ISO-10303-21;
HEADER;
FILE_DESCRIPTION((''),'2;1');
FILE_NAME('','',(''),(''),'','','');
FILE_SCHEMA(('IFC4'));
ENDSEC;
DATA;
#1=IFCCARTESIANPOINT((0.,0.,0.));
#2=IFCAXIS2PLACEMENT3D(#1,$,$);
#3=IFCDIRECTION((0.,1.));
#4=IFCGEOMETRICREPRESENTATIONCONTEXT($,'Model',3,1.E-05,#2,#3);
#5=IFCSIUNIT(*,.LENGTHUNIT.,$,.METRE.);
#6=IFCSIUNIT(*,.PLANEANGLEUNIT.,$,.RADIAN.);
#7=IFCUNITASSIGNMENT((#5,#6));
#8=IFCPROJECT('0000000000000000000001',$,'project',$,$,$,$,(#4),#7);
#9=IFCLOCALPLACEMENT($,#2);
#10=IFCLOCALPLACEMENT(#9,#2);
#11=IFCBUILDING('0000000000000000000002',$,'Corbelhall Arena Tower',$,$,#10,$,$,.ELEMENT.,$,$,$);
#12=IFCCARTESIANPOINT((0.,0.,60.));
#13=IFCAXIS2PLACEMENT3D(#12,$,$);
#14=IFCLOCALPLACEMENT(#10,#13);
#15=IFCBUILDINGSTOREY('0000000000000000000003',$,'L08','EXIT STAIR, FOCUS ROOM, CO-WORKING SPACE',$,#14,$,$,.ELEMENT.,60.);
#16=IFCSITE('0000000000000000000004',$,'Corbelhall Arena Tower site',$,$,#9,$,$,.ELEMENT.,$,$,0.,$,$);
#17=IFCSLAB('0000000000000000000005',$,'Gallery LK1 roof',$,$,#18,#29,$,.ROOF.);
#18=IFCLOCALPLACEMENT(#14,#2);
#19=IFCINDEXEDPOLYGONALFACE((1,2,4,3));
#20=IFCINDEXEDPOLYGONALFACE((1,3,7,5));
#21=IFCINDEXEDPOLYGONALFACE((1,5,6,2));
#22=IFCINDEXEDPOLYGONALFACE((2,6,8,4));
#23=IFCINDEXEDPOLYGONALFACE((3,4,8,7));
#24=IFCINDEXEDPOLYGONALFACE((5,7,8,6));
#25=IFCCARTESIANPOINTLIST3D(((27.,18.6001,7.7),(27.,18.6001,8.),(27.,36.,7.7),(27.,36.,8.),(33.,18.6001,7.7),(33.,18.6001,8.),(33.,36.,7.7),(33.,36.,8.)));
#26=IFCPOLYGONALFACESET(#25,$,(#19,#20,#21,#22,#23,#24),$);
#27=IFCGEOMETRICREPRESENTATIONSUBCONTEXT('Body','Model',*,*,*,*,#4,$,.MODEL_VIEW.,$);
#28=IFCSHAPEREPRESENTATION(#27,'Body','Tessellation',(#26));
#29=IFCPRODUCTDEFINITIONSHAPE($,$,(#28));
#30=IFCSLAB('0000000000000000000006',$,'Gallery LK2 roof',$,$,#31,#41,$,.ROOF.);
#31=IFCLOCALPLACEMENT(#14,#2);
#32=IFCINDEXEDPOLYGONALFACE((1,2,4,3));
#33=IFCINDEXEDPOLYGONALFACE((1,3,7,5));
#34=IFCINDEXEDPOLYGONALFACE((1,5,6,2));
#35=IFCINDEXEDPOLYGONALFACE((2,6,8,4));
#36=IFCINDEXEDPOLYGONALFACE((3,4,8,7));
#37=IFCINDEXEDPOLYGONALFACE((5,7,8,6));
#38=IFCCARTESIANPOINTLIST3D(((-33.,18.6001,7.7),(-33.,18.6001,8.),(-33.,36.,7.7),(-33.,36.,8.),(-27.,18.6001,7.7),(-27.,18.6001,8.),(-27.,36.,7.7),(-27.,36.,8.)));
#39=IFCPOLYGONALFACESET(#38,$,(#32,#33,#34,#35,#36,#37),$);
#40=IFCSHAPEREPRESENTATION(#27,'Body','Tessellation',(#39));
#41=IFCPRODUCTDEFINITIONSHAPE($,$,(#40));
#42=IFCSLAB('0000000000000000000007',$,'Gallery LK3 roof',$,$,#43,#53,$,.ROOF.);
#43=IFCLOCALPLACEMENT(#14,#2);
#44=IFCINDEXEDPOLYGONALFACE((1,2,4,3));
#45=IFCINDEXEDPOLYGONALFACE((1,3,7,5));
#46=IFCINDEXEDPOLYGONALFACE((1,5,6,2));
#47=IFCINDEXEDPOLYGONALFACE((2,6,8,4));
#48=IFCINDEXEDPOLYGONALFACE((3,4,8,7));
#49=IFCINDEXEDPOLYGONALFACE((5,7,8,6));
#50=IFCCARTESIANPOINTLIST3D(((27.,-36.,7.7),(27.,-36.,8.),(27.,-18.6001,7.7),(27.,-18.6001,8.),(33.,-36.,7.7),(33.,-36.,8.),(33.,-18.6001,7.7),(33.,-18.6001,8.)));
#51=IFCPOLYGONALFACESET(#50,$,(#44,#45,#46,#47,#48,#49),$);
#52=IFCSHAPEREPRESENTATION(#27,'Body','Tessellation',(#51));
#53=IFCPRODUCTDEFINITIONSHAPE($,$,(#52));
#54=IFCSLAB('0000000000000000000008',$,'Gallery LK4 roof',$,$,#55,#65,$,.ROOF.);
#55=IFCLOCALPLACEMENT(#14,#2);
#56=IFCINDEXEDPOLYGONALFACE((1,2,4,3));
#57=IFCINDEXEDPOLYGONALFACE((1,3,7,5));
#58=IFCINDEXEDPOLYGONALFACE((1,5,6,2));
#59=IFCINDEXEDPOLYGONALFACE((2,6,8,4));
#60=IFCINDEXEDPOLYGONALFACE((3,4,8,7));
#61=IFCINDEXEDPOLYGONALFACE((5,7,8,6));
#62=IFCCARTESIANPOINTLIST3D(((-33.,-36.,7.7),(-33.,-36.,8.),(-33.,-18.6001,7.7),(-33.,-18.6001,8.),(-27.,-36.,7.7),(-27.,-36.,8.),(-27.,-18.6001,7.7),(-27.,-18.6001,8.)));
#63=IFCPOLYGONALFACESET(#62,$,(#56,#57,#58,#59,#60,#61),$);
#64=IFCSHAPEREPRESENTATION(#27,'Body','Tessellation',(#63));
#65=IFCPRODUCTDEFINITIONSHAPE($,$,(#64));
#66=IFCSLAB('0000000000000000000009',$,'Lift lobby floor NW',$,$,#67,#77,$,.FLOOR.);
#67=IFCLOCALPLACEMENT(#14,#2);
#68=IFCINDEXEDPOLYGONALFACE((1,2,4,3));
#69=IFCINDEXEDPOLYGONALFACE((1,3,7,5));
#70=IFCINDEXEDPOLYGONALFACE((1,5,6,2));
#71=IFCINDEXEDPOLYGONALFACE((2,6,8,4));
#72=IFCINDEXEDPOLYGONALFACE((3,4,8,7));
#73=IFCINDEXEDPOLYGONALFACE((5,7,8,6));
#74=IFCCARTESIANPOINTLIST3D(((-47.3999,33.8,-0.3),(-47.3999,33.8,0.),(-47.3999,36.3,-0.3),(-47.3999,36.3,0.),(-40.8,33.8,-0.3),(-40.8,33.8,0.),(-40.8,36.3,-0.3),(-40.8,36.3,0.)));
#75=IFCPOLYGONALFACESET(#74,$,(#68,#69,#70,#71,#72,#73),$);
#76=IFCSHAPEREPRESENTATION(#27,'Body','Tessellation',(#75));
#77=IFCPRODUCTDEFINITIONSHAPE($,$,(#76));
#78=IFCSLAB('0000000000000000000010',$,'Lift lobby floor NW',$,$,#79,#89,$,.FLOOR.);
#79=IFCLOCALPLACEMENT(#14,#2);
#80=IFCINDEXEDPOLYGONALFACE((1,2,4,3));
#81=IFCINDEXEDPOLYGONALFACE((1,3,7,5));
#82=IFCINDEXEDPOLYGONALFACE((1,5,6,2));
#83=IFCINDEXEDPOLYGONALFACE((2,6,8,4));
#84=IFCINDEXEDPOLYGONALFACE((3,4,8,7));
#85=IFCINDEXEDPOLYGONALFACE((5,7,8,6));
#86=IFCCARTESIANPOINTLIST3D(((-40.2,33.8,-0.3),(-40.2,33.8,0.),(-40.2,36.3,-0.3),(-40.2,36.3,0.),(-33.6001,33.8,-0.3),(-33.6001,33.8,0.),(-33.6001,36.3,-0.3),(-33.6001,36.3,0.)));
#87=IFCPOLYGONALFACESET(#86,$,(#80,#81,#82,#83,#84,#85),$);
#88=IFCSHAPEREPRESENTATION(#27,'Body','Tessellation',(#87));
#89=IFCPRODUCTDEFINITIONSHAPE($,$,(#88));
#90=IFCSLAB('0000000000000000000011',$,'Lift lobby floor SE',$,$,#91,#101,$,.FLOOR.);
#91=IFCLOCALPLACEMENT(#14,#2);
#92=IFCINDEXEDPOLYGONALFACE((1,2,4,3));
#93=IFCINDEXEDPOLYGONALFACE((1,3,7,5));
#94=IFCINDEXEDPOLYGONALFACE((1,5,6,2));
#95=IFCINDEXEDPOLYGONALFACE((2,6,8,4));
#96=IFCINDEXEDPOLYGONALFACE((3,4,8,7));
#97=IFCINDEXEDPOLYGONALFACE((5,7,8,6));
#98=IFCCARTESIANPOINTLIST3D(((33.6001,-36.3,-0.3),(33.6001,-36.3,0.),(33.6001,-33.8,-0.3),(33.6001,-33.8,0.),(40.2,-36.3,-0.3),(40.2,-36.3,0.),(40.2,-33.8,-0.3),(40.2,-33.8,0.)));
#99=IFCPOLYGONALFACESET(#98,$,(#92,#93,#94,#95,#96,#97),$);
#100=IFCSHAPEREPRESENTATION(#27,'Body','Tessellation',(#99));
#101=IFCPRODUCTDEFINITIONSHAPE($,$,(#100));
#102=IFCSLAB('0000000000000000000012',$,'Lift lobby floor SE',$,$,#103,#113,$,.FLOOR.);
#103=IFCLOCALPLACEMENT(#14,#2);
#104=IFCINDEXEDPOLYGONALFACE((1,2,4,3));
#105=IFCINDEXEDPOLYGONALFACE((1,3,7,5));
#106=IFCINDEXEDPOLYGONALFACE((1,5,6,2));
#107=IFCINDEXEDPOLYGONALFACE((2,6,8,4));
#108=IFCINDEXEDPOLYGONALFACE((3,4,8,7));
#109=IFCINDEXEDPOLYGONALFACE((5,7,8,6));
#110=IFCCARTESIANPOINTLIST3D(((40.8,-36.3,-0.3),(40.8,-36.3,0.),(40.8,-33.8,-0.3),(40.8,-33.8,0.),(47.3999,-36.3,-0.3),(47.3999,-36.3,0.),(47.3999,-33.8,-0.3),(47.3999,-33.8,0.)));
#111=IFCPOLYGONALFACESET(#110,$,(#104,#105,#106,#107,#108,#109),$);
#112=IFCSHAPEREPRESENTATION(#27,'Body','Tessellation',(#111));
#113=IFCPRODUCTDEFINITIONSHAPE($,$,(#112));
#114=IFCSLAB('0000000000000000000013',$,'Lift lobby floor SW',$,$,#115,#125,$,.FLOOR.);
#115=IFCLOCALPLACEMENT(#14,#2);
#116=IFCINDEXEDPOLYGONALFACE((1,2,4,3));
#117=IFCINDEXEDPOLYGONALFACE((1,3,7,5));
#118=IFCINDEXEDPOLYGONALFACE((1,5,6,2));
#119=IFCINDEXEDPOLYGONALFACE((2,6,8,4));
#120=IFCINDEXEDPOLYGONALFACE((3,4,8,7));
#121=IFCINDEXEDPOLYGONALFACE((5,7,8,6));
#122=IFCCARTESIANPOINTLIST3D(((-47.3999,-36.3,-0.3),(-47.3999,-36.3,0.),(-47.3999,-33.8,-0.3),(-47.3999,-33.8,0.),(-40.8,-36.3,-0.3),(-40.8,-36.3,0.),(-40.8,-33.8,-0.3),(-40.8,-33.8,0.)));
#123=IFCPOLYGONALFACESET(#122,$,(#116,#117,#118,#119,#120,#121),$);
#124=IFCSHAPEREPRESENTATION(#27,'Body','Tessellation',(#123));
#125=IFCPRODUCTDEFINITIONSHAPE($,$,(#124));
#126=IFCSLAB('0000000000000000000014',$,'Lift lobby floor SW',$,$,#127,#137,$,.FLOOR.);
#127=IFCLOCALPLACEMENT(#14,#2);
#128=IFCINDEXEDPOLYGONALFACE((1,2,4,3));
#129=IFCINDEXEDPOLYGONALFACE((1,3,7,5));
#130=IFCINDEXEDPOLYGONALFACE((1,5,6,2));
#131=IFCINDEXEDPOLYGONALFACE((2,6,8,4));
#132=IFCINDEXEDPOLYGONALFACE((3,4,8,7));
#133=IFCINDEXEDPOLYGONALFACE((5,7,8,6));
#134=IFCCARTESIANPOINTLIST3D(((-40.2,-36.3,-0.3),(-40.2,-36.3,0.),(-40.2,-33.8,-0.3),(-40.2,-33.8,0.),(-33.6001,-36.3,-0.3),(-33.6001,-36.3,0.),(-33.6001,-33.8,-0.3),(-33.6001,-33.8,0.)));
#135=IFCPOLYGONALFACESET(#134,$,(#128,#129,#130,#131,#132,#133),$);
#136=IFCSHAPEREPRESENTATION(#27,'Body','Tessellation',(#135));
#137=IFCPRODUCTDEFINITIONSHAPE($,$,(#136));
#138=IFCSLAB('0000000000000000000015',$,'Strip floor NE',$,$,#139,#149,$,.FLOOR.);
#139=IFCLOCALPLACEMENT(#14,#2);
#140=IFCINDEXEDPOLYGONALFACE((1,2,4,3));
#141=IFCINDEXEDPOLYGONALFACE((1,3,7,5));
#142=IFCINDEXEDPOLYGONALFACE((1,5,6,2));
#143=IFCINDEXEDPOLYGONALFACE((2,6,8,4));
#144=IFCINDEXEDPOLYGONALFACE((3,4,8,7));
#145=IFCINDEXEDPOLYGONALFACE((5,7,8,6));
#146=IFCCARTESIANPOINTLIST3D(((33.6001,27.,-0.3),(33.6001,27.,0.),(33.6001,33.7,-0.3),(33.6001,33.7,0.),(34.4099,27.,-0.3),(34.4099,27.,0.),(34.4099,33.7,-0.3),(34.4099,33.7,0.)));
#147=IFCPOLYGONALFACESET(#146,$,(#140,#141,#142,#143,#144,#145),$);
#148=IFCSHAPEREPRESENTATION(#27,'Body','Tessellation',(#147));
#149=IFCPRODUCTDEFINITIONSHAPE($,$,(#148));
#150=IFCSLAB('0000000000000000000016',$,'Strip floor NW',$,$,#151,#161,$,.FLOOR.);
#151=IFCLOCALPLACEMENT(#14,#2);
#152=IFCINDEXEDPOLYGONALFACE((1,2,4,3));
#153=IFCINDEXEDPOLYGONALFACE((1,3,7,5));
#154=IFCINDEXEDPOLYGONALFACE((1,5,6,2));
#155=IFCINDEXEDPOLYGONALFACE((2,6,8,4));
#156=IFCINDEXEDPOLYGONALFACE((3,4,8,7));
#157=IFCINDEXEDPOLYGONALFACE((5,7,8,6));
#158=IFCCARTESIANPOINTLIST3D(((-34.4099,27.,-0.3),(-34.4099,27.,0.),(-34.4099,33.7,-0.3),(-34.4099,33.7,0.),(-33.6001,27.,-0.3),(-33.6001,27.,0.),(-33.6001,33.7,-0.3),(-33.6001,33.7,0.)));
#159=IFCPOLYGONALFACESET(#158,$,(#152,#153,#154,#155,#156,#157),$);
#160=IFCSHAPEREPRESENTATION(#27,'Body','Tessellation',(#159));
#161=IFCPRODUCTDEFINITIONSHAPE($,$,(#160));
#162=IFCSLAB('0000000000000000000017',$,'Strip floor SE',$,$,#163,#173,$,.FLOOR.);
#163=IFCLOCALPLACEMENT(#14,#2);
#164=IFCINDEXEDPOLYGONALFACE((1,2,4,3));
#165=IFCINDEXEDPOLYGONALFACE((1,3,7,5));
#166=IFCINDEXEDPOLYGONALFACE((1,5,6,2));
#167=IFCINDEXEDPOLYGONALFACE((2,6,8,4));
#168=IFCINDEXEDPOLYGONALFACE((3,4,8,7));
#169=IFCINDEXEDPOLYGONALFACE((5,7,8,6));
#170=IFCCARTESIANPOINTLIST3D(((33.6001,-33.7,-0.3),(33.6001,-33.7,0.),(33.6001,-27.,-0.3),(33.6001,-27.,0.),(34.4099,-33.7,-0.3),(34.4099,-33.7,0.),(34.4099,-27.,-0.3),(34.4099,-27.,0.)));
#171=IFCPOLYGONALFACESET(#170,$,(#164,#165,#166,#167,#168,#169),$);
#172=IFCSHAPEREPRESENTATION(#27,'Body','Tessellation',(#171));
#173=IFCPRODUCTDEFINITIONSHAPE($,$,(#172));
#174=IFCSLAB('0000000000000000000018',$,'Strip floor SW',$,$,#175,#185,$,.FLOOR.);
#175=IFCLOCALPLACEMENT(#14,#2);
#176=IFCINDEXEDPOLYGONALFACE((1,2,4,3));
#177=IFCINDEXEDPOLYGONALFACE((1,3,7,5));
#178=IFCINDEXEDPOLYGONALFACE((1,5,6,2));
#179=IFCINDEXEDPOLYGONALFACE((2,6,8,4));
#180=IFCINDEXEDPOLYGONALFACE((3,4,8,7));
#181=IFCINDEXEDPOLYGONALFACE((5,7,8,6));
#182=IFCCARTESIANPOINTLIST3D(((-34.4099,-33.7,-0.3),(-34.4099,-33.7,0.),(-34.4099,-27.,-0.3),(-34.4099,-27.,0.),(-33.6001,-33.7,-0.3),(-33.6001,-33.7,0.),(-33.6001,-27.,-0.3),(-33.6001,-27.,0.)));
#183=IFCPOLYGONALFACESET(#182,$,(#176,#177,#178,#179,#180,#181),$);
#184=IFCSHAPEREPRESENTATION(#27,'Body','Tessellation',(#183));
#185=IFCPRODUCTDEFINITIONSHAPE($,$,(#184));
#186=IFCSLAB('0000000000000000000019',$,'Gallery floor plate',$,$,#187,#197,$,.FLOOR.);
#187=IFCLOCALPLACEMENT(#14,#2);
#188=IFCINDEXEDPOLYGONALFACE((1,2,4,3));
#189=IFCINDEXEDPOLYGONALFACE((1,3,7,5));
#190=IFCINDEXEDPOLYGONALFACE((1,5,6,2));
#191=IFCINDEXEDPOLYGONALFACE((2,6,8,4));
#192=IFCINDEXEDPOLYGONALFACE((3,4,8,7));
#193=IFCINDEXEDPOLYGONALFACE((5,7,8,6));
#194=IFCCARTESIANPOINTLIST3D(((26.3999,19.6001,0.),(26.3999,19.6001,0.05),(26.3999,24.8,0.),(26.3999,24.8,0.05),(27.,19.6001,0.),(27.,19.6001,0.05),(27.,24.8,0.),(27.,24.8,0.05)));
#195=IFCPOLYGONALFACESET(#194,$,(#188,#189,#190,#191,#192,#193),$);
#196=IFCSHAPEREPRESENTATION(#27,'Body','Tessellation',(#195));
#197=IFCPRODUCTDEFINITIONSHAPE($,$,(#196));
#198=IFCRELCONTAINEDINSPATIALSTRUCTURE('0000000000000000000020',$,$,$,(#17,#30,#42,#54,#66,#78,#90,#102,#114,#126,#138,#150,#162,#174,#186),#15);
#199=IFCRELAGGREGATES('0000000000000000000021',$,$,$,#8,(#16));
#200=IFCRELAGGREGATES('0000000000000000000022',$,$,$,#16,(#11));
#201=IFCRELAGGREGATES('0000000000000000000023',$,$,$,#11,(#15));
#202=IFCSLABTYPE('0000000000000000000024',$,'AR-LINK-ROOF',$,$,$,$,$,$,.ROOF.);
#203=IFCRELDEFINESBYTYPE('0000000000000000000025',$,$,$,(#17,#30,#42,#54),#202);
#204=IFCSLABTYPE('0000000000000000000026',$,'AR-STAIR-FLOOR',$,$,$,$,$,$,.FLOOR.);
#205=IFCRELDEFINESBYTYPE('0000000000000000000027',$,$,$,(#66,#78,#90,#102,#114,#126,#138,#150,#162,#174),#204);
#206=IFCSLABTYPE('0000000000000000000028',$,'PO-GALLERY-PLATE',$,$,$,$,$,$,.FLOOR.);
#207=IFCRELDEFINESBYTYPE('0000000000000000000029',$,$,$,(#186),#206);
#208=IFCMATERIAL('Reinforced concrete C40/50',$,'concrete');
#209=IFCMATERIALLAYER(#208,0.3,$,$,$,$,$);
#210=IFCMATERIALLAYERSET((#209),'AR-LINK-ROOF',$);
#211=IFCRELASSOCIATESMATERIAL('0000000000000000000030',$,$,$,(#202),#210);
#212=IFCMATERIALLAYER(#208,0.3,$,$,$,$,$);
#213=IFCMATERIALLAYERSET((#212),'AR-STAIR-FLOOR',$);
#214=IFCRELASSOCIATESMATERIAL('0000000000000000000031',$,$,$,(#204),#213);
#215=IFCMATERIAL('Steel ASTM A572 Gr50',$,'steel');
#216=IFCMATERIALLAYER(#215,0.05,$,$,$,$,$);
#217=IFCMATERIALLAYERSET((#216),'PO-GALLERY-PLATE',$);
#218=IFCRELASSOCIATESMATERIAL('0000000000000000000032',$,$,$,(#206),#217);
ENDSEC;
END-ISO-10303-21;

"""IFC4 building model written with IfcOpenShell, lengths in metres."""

from ifc_helpers import new_model, si_unit, direction, frame, origin, place, context, subcontext, project, spatial, polyline, outline, extrude, material, layer, layer_set, type_object, element, save


model = new_model("IFC4")

# Units and contexts
model_context = context("Model", 3, precision=1e-05, world=origin(), true_north=direction((0.0, 1.0)))
body_context = subcontext(model_context, "Body", "Model", "MODEL_VIEW")
ifc_project = project(units=[si_unit("LENGTHUNIT", "METRE"), si_unit("PLANEANGLEUNIT", "RADIAN")], contexts=[model_context])

# Site, building, storey
site_placement = place(None, origin())
site = spatial("IfcSite", under=ifc_project, at=site_placement, Name="Corbelhall Arena Tower site", CompositionType="ELEMENT", RefElevation=0.0)
building_placement = place(site_placement, origin())
building = spatial("IfcBuilding", under=site, at=building_placement, Name="Corbelhall Arena Tower", CompositionType="ELEMENT")
storey_placement = place(building_placement, frame((0.0, 0.0, 60.0)))
storey = spatial("IfcBuildingStorey", under=building, at=storey_placement, Name="L08", Description="EXIT STAIR, FOCUS ROOM, CO-WORKING SPACE", CompositionType="ELEMENT", Elevation=60.0)

# Slabs
ifc_material_1 = material(Name="Reinforced concrete C40/50", Category="concrete")
ifc_layer_1 = layer(ifc_material_1, 0.3)
ifc_layer_set_1 = layer_set([ifc_layer_1], Name="AR-LINK-ROOF")
slab_type_1 = type_object("IfcSlabType", Name="AR-LINK-ROOF", PredefinedType="ROOF", material=ifc_layer_set_1)
slab_1_placement = place(storey_placement, frame((0.0, 0.0, 7.7)))
element("IfcSlab", 1, at=slab_1_placement, inside=storey, type_object=slab_type_1, Name="Gallery LK1 roof", PredefinedType="ROOF", context=body_context, shape_type="SweptSolid", body=[
    extrude(outline(polyline([(27.0, 36.0), (33.0, 36.0), (33.0, 18.6001), (27.0, 18.6001), (27.0, 36.0)])), origin(), (0.0, 0.0, 1.0), 0.3),
])
slab_2_placement = place(storey_placement, frame((0.0, 0.0, 7.7)))
element("IfcSlab", 2, at=slab_2_placement, inside=storey, type_object=slab_type_1, Name="Gallery LK2 roof", PredefinedType="ROOF", context=body_context, shape_type="SweptSolid", body=[
    extrude(outline(polyline([(-33.0, 36.0), (-27.0, 36.0), (-27.0, 18.6001), (-33.0, 18.6001), (-33.0, 36.0)])), origin(), (0.0, 0.0, 1.0), 0.3),
])
slab_3_placement = place(storey_placement, frame((0.0, 0.0, 7.7)))
element("IfcSlab", 3, at=slab_3_placement, inside=storey, type_object=slab_type_1, Name="Gallery LK3 roof", PredefinedType="ROOF", context=body_context, shape_type="SweptSolid", body=[
    extrude(outline(polyline([(33.0, -36.0), (27.0, -36.0), (27.0, -18.6001), (33.0, -18.6001), (33.0, -36.0)])), origin(), (0.0, 0.0, 1.0), 0.3),
])
slab_4_placement = place(storey_placement, frame((0.0, 0.0, 7.7)))
element("IfcSlab", 4, at=slab_4_placement, inside=storey, type_object=slab_type_1, Name="Gallery LK4 roof", PredefinedType="ROOF", context=body_context, shape_type="SweptSolid", body=[
    extrude(outline(polyline([(-27.0, -36.0), (-33.0, -36.0), (-33.0, -18.6001), (-27.0, -18.6001), (-27.0, -36.0)])), origin(), (0.0, 0.0, 1.0), 0.3),
])
ifc_layer_2 = layer(ifc_material_1, 0.3)
ifc_layer_set_2 = layer_set([ifc_layer_2], Name="AR-STAIR-FLOOR")
slab_type_2 = type_object("IfcSlabType", Name="AR-STAIR-FLOOR", PredefinedType="FLOOR", material=ifc_layer_set_2)
slab_5_placement = place(storey_placement, frame((0.0, 0.0, -0.3)))
element("IfcSlab", 5, at=slab_5_placement, inside=storey, type_object=slab_type_2, Name="Lift lobby floor NW", PredefinedType="FLOOR", context=body_context, shape_type="SweptSolid", body=[
    extrude(outline(polyline([(-40.8, 33.8), (-40.8, 36.3), (-47.3999, 36.3), (-47.3999, 33.8), (-40.8, 33.8)])), origin(), (0.0, 0.0, 1.0), 0.3),
])
slab_6_placement = place(storey_placement, frame((0.0, 0.0, -0.3)))
element("IfcSlab", 6, at=slab_6_placement, inside=storey, type_object=slab_type_2, Name="Lift lobby floor NW", PredefinedType="FLOOR", context=body_context, shape_type="SweptSolid", body=[
    extrude(outline(polyline([(-33.6001, 33.8), (-33.6001, 36.3), (-40.2, 36.3), (-40.2, 33.8), (-33.6001, 33.8)])), origin(), (0.0, 0.0, 1.0), 0.3),
])
slab_7_placement = place(storey_placement, frame((0.0, 0.0, -0.3)))
element("IfcSlab", 7, at=slab_7_placement, inside=storey, type_object=slab_type_2, Name="Lift lobby floor SE", PredefinedType="FLOOR", context=body_context, shape_type="SweptSolid", body=[
    extrude(outline(polyline([(40.2, -36.3), (40.2, -33.8), (33.6001, -33.8), (33.6001, -36.3), (40.2, -36.3)])), origin(), (0.0, 0.0, 1.0), 0.3),
])
slab_8_placement = place(storey_placement, frame((0.0, 0.0, -0.3)))
element("IfcSlab", 8, at=slab_8_placement, inside=storey, type_object=slab_type_2, Name="Lift lobby floor SE", PredefinedType="FLOOR", context=body_context, shape_type="SweptSolid", body=[
    extrude(outline(polyline([(47.3999, -36.3), (47.3999, -33.8), (40.8, -33.8), (40.8, -36.3), (47.3999, -36.3)])), origin(), (0.0, 0.0, 1.0), 0.3),
])
slab_9_placement = place(storey_placement, frame((0.0, 0.0, -0.3)))
element("IfcSlab", 9, at=slab_9_placement, inside=storey, type_object=slab_type_2, Name="Lift lobby floor SW", PredefinedType="FLOOR", context=body_context, shape_type="SweptSolid", body=[
    extrude(outline(polyline([(-40.8, -36.3), (-40.8, -33.8), (-47.3999, -33.8), (-47.3999, -36.3), (-40.8, -36.3)])), origin(), (0.0, 0.0, 1.0), 0.3),
])
slab_10_placement = place(storey_placement, frame((0.0, 0.0, -0.3)))
element("IfcSlab", 10, at=slab_10_placement, inside=storey, type_object=slab_type_2, Name="Lift lobby floor SW", PredefinedType="FLOOR", context=body_context, shape_type="SweptSolid", body=[
    extrude(outline(polyline([(-33.6001, -36.3), (-33.6001, -33.8), (-40.2, -33.8), (-40.2, -36.3), (-33.6001, -36.3)])), origin(), (0.0, 0.0, 1.0), 0.3),
])
slab_11_placement = place(storey_placement, frame((0.0, 0.0, -0.3)))
element("IfcSlab", 11, at=slab_11_placement, inside=storey, type_object=slab_type_2, Name="Strip floor NE", PredefinedType="FLOOR", context=body_context, shape_type="SweptSolid", body=[
    extrude(outline(polyline([(34.4099, 27.0), (34.4099, 33.7), (33.6001, 33.7), (33.6001, 27.0), (34.4099, 27.0)])), origin(), (0.0, 0.0, 1.0), 0.3),
])
slab_12_placement = place(storey_placement, frame((0.0, 0.0, -0.3)))
element("IfcSlab", 12, at=slab_12_placement, inside=storey, type_object=slab_type_2, Name="Strip floor NW", PredefinedType="FLOOR", context=body_context, shape_type="SweptSolid", body=[
    extrude(outline(polyline([(-33.6001, 27.0), (-33.6001, 33.7), (-34.4099, 33.7), (-34.4099, 27.0), (-33.6001, 27.0)])), origin(), (0.0, 0.0, 1.0), 0.3),
])
slab_13_placement = place(storey_placement, frame((0.0, 0.0, -0.3)))
element("IfcSlab", 13, at=slab_13_placement, inside=storey, type_object=slab_type_2, Name="Strip floor SE", PredefinedType="FLOOR", context=body_context, shape_type="SweptSolid", body=[
    extrude(outline(polyline([(34.4099, -33.7), (34.4099, -27.0), (33.6001, -27.0), (33.6001, -33.7), (34.4099, -33.7)])), origin(), (0.0, 0.0, 1.0), 0.3),
])
slab_14_placement = place(storey_placement, frame((0.0, 0.0, -0.3)))
element("IfcSlab", 14, at=slab_14_placement, inside=storey, type_object=slab_type_2, Name="Strip floor SW", PredefinedType="FLOOR", context=body_context, shape_type="SweptSolid", body=[
    extrude(outline(polyline([(-33.6001, -33.7), (-33.6001, -27.0), (-34.4099, -27.0), (-34.4099, -33.7), (-33.6001, -33.7)])), origin(), (0.0, 0.0, 1.0), 0.3),
])
ifc_material_2 = material(Name="Steel ASTM A572 Gr50", Category="steel")
ifc_layer_3 = layer(ifc_material_2, 0.05)
ifc_layer_set_3 = layer_set([ifc_layer_3], Name="PO-GALLERY-PLATE")
slab_type_3 = type_object("IfcSlabType", Name="PO-GALLERY-PLATE", PredefinedType="FLOOR", material=ifc_layer_set_3)
slab_15_placement = place(storey_placement, origin())
element("IfcSlab", 15, at=slab_15_placement, inside=storey, type_object=slab_type_3, Name="Gallery floor plate", PredefinedType="FLOOR", context=body_context, shape_type="SweptSolid", body=[
    extrude(outline(polyline([(27.0, 19.6001), (27.0, 24.8), (26.3999, 24.8), (26.3999, 19.6001), (27.0, 19.6001)])), origin(), (0.0, 0.0, 1.0), 0.05),
])

save(model, "model.ifc")
